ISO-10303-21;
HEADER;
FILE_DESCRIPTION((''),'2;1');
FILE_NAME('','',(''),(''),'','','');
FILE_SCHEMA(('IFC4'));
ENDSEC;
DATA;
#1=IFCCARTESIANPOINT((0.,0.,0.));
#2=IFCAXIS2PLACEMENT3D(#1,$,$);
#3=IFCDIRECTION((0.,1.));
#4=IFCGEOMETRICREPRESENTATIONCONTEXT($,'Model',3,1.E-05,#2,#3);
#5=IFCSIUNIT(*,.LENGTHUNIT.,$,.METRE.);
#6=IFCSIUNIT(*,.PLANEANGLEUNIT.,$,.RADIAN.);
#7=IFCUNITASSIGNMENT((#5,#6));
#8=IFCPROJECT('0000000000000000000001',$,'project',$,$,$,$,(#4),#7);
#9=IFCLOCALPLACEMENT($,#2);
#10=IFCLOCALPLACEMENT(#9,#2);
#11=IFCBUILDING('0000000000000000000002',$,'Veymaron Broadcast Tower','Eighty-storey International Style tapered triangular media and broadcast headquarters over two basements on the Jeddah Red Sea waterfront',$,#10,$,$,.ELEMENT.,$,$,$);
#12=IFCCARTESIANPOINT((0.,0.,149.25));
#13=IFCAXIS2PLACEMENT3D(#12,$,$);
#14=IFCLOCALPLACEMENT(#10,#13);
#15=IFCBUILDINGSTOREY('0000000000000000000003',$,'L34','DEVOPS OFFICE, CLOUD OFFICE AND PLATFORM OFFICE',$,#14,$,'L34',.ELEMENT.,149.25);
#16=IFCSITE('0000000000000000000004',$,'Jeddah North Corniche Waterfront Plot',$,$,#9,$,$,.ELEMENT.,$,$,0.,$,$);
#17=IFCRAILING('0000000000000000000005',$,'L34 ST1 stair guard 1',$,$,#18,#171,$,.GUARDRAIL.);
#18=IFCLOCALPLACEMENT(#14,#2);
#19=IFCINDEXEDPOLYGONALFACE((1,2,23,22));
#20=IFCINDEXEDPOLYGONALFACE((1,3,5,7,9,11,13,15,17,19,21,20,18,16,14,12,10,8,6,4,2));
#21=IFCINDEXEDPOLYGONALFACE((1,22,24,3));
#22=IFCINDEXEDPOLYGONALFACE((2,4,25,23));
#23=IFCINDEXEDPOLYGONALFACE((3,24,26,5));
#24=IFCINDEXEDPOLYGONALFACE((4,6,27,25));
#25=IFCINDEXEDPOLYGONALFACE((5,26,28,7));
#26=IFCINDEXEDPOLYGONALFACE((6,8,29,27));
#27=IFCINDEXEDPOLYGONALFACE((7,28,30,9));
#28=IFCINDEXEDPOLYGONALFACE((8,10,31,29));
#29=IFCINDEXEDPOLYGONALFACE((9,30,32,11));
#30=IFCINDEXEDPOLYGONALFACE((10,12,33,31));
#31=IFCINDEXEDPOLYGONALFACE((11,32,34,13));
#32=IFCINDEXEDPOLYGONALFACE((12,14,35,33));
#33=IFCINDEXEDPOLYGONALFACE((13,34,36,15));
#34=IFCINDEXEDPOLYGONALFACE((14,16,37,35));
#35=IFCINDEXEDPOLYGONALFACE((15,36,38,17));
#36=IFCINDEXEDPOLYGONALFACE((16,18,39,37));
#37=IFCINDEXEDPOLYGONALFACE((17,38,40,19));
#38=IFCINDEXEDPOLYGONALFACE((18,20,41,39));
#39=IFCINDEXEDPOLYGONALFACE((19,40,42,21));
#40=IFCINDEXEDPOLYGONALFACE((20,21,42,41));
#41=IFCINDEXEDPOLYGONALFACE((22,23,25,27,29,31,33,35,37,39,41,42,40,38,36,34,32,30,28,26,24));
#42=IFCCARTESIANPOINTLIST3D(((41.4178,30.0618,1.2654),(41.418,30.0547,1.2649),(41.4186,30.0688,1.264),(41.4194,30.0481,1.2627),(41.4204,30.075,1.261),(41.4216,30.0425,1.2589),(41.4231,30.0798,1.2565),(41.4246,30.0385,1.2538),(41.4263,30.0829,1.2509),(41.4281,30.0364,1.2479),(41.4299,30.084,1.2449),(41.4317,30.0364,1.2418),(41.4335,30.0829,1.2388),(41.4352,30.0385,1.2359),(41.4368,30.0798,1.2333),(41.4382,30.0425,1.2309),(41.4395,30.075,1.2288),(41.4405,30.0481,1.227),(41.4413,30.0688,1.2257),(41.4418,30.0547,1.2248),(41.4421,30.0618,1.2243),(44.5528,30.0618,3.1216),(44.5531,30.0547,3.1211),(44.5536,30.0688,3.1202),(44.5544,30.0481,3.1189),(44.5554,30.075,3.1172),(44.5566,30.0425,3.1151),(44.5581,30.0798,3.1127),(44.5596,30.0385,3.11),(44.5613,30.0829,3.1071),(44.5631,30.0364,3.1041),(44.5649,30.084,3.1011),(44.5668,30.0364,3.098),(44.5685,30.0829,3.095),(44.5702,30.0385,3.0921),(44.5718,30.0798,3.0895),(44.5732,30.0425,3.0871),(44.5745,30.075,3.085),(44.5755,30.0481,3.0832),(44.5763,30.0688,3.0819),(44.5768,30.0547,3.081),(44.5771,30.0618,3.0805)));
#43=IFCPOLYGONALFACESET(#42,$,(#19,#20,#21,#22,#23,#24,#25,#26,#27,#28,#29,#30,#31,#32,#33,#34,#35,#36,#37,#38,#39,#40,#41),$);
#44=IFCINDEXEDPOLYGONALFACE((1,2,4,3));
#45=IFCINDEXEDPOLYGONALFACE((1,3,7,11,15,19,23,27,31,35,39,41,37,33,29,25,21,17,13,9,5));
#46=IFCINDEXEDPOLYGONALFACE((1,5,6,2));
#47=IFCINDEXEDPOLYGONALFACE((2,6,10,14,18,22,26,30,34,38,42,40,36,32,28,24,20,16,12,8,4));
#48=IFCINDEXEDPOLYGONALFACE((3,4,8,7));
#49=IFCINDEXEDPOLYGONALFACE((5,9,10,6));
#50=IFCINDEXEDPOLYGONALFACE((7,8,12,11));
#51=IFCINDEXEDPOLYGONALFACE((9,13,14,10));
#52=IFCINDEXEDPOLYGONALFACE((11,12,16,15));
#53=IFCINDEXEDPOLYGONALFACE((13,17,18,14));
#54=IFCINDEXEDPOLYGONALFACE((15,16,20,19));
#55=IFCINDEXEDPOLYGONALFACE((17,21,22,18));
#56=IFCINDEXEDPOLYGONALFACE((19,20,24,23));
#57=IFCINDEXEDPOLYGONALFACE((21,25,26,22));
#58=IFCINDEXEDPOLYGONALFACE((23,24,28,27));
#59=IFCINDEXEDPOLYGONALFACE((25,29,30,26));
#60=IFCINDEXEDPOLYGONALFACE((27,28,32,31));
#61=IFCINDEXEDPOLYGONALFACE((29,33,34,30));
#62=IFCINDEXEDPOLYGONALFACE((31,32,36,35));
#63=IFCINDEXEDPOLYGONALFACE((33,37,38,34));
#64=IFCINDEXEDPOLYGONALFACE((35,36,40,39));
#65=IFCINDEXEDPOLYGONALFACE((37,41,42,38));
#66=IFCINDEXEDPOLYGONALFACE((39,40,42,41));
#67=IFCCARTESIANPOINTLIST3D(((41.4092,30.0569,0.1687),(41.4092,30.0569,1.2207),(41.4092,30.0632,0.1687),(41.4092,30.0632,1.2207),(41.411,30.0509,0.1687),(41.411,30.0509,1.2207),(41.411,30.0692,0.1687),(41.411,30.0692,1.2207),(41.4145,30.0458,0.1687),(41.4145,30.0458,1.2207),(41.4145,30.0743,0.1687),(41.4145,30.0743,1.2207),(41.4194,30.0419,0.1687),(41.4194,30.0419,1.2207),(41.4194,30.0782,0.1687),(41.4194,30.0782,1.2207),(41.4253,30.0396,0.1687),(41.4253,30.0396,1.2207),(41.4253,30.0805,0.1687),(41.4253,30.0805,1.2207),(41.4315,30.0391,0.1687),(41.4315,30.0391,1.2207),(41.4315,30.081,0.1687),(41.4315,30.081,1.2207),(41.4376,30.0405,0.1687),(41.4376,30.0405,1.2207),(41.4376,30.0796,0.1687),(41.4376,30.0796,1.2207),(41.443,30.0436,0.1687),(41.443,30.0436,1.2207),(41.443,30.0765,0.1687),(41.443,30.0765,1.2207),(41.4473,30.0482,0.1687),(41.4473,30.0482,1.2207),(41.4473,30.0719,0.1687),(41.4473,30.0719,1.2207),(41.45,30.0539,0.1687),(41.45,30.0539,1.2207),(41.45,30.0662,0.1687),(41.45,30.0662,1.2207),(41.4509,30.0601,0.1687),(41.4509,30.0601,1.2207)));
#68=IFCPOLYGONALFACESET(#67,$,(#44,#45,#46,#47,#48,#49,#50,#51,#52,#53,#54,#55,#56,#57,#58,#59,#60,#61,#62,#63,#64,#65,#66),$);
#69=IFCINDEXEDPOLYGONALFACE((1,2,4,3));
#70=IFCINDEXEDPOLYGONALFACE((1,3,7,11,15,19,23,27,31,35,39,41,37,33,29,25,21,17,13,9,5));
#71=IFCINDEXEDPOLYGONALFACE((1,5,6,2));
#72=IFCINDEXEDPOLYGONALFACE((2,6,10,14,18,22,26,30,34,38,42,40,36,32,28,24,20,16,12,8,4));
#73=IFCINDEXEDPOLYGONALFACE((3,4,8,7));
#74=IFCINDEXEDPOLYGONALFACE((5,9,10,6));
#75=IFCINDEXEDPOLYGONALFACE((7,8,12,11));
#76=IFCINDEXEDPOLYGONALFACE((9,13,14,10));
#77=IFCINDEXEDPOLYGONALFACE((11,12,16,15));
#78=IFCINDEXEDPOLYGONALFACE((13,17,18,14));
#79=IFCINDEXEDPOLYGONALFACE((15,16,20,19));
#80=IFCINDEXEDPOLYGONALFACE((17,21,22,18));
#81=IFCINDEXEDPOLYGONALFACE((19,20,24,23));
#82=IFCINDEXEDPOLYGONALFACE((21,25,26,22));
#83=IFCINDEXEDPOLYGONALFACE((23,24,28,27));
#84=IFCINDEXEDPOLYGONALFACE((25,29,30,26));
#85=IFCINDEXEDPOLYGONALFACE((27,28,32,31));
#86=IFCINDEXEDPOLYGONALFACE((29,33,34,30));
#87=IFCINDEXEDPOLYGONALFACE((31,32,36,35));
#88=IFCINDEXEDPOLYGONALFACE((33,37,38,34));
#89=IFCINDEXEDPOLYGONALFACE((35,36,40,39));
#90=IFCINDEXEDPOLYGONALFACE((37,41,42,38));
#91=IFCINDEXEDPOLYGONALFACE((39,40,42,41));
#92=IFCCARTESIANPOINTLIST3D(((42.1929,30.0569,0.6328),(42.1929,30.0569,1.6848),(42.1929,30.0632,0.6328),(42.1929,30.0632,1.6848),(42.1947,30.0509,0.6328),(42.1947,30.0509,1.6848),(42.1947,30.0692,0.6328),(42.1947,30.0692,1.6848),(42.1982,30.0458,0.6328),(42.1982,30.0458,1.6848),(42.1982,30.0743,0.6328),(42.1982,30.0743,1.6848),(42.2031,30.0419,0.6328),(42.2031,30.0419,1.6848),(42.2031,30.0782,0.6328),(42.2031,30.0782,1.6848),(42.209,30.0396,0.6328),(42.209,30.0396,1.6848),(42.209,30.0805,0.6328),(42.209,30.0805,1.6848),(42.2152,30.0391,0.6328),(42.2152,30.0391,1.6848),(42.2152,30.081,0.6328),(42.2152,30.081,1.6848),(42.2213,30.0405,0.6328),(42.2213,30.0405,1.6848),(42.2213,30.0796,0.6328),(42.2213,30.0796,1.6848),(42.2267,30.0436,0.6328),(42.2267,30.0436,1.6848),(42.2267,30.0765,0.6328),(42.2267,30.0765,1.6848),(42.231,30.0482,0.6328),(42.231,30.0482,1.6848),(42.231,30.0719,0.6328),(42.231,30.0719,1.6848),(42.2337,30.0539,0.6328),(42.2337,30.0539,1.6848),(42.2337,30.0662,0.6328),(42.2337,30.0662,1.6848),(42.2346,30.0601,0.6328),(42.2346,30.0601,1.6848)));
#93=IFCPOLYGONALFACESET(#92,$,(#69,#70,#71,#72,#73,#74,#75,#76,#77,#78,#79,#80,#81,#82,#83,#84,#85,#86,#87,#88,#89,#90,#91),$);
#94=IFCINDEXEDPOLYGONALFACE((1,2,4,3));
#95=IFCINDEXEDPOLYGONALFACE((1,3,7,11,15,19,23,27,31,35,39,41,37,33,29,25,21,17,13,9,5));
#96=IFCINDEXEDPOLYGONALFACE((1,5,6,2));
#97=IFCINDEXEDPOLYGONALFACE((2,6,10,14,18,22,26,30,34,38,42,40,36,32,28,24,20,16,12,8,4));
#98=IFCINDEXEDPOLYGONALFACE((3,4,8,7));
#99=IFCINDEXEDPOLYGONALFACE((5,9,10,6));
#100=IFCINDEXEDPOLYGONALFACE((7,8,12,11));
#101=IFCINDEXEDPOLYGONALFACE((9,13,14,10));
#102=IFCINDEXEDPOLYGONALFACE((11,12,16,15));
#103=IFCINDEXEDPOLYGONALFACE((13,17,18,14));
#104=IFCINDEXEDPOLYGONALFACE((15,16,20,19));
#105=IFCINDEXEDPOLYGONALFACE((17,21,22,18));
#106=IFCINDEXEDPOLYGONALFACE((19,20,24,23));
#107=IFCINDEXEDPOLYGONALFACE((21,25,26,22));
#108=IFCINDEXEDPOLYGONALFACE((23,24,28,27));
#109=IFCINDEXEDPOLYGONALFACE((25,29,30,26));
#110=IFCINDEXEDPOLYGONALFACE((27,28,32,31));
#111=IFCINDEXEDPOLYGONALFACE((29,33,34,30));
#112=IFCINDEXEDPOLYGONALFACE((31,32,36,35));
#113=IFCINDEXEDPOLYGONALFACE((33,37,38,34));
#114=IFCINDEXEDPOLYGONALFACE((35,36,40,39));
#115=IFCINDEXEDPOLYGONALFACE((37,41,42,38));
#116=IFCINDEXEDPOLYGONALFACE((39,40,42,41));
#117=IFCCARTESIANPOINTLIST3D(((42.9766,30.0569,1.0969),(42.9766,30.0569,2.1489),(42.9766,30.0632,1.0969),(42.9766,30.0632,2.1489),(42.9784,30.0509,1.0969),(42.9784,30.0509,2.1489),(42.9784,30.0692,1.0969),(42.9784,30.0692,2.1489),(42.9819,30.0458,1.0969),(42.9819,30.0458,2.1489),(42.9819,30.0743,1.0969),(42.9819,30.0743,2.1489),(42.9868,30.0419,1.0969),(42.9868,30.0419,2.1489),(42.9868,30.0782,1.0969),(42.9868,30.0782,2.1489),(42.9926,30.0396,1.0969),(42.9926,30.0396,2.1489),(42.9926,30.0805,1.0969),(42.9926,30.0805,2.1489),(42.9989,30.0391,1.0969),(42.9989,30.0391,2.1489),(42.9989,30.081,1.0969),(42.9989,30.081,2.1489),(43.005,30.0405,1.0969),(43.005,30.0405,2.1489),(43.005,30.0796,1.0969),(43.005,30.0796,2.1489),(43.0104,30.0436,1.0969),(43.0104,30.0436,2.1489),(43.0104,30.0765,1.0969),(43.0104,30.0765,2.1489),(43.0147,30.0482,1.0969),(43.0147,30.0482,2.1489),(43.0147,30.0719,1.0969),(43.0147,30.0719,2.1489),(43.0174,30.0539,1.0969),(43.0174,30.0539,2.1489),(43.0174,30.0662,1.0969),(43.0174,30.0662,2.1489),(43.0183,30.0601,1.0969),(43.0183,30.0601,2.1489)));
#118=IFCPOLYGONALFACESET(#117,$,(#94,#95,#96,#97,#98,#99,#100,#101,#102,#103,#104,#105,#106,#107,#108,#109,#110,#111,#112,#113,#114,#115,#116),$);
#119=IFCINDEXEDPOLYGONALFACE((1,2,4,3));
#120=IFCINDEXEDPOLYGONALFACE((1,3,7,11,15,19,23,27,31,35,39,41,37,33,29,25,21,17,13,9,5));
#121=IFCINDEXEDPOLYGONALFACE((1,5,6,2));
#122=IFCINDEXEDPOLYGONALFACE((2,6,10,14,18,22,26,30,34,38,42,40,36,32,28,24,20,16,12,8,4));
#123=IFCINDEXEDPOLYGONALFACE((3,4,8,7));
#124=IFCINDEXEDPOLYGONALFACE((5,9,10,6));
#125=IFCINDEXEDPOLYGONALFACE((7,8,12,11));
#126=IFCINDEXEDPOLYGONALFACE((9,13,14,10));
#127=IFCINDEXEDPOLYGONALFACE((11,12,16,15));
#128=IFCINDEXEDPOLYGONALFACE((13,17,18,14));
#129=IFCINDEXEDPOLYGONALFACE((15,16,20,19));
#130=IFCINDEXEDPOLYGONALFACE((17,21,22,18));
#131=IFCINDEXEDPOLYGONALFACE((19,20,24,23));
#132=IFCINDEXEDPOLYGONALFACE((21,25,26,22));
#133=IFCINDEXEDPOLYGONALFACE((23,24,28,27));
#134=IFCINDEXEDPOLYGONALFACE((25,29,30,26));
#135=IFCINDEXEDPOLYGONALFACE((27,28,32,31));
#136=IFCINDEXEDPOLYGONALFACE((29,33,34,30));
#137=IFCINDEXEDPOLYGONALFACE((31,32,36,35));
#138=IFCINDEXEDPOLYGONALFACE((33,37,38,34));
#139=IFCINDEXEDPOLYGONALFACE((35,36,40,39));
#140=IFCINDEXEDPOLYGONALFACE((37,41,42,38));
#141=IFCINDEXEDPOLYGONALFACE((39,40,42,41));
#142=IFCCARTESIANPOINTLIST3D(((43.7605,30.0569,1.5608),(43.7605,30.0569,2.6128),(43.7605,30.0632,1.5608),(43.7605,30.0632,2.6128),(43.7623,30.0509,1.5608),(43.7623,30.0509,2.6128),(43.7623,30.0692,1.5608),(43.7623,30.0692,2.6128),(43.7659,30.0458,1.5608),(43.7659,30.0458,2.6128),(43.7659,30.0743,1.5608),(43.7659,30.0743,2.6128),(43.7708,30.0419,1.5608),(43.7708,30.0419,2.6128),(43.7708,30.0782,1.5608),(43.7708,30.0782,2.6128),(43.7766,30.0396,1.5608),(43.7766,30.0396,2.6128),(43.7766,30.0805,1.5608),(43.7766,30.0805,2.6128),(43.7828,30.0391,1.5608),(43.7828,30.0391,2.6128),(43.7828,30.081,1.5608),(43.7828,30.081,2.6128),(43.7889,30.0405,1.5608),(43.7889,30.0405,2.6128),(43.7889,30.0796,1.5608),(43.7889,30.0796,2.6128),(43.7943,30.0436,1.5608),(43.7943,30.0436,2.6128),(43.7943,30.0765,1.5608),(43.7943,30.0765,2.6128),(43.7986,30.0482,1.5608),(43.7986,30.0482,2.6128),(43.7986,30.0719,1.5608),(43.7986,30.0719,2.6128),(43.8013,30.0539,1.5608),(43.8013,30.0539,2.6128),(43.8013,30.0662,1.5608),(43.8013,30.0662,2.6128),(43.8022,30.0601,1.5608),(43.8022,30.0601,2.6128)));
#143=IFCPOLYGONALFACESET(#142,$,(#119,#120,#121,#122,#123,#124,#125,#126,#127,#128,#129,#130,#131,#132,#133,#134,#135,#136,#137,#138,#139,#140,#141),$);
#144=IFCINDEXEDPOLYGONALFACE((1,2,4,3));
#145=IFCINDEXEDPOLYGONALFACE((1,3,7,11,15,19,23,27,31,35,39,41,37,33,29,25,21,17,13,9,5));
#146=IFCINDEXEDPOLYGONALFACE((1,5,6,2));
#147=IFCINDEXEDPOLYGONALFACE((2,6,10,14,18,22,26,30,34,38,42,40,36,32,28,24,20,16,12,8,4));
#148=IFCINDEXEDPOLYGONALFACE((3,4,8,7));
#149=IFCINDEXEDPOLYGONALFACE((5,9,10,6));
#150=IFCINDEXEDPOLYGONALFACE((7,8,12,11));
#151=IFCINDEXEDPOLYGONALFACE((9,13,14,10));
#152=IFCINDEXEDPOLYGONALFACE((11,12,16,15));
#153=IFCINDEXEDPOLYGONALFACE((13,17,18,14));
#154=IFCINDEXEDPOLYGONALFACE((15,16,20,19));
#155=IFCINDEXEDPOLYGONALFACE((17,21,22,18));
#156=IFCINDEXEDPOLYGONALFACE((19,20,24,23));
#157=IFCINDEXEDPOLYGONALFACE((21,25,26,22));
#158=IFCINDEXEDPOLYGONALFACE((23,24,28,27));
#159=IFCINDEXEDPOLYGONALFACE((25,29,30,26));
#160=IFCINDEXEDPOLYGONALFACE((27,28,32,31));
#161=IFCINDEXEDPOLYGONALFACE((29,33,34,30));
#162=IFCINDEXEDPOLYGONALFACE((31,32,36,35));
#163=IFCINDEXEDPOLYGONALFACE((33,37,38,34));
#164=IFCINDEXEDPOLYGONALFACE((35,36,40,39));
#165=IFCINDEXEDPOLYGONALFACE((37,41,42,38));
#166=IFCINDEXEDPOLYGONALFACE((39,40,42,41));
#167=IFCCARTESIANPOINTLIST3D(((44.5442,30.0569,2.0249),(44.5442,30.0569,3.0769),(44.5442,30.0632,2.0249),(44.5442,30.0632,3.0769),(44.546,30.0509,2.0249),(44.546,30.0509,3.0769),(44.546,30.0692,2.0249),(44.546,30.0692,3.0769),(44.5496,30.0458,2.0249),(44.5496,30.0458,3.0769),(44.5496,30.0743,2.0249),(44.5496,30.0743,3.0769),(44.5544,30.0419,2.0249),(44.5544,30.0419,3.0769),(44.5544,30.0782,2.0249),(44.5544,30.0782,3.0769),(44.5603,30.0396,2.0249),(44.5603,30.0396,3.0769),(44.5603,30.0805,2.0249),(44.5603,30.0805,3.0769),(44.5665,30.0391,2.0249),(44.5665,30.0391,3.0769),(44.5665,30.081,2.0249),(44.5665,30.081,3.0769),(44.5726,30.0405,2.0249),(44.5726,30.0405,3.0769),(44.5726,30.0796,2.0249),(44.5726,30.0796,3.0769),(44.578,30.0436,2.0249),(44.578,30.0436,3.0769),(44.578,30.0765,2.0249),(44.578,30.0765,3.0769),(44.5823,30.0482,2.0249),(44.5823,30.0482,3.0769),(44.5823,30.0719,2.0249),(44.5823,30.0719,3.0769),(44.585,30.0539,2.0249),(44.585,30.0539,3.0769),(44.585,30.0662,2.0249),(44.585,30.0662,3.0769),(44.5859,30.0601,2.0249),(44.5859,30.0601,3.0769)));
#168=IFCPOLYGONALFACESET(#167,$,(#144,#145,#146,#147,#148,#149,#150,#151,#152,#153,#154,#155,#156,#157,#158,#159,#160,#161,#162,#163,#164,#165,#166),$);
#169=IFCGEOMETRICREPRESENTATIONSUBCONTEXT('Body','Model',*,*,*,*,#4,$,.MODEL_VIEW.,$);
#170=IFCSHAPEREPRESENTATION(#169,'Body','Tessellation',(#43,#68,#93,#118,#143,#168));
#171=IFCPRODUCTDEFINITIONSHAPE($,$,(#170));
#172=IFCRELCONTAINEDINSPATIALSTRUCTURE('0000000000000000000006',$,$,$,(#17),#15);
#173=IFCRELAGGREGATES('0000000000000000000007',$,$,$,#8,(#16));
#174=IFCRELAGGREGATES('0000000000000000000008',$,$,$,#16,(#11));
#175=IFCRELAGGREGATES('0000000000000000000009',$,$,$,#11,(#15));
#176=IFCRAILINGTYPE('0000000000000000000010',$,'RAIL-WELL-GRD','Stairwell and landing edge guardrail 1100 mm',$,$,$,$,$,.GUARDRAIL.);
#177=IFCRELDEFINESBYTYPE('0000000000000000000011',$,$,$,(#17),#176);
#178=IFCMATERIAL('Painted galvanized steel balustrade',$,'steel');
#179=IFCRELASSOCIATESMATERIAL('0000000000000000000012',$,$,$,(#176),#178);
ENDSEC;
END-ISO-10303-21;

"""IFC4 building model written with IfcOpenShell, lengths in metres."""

from ifc_helpers import new_model, si_unit, direction, frame, origin, origin_2d, place, context, subcontext, project, spatial, circle, extrude, material, type_object, element, save


model = new_model("IFC4")

# Units and contexts
model_context = context("Model", 3, precision=1e-05, world=origin(), true_north=direction((0.0, 1.0)))
body_context = subcontext(model_context, "Body", "Model", "MODEL_VIEW")
ifc_project = project(units=[si_unit("LENGTHUNIT", "METRE"), si_unit("PLANEANGLEUNIT", "RADIAN")], contexts=[model_context])

# Site, building, storey
site_placement = place(None, origin())
site = spatial("IfcSite", under=ifc_project, at=site_placement, Name="Jeddah North Corniche Waterfront Plot", CompositionType="ELEMENT", RefElevation=0.0)
building_placement = place(site_placement, origin())
building = spatial("IfcBuilding", under=site, at=building_placement, Name="Veymaron Broadcast Tower", Description="Eighty-storey International Style tapered triangular media and broadcast headquarters over two basements on the Jeddah Red Sea waterfront", CompositionType="ELEMENT")
storey_placement = place(building_placement, frame((0.0, 0.0, 149.25)))
storey = spatial("IfcBuildingStorey", under=building, at=storey_placement, Name="L34", Description="DEVOPS OFFICE, CLOUD OFFICE AND PLATFORM OFFICE", LongName="L34", CompositionType="ELEMENT", Elevation=149.25)

# Railing
ifc_material_1 = material(Name="Painted galvanized steel balustrade", Category="steel")
railing_type_1 = type_object("IfcRailingType", Name="RAIL-WELL-GRD", Description="Stairwell and landing edge guardrail 1100 mm", PredefinedType="GUARDRAIL", material=ifc_material_1)
railing_1_placement = place(storey_placement, frame((41.4299, 30.0601, 0.1687)))
element("IfcRailing", 1, at=railing_1_placement, inside=storey, type_object=railing_type_1, Name="L34 ST1 stair guard 1", PredefinedType="GUARDRAIL", context=body_context, shape_type="SweptSolid", body=[
    extrude(circle(Radius=0.0239, at=origin_2d()), frame((0.0, 0.0, 1.0762), z_axis=(0.860482, 0.0, 0.509481), x_axis=(0.0, 1.0, 0.0)), (0.0, 0.0, 1.0), 3.6433),
    extrude(circle(Radius=0.021, at=origin_2d()), origin(), (0.0, 0.0, 1.0), 1.052),
    extrude(circle(Radius=0.021, at=origin_2d()), frame((0.7837, 0.0, 0.4641)), (0.0, 0.0, 1.0), 1.052),
    extrude(circle(Radius=0.021, at=origin_2d()), frame((1.5674, 0.0, 0.9282)), (0.0, 0.0, 1.0), 1.052),
    extrude(circle(Radius=0.021, at=origin_2d()), frame((2.3513, 0.0, 1.3921)), (0.0, 0.0, 1.0), 1.052),
    extrude(circle(Radius=0.021, at=origin_2d()), frame((3.135, 0.0, 1.8562)), (0.0, 0.0, 1.0), 1.052),
])

save(model, "model.ifc")
